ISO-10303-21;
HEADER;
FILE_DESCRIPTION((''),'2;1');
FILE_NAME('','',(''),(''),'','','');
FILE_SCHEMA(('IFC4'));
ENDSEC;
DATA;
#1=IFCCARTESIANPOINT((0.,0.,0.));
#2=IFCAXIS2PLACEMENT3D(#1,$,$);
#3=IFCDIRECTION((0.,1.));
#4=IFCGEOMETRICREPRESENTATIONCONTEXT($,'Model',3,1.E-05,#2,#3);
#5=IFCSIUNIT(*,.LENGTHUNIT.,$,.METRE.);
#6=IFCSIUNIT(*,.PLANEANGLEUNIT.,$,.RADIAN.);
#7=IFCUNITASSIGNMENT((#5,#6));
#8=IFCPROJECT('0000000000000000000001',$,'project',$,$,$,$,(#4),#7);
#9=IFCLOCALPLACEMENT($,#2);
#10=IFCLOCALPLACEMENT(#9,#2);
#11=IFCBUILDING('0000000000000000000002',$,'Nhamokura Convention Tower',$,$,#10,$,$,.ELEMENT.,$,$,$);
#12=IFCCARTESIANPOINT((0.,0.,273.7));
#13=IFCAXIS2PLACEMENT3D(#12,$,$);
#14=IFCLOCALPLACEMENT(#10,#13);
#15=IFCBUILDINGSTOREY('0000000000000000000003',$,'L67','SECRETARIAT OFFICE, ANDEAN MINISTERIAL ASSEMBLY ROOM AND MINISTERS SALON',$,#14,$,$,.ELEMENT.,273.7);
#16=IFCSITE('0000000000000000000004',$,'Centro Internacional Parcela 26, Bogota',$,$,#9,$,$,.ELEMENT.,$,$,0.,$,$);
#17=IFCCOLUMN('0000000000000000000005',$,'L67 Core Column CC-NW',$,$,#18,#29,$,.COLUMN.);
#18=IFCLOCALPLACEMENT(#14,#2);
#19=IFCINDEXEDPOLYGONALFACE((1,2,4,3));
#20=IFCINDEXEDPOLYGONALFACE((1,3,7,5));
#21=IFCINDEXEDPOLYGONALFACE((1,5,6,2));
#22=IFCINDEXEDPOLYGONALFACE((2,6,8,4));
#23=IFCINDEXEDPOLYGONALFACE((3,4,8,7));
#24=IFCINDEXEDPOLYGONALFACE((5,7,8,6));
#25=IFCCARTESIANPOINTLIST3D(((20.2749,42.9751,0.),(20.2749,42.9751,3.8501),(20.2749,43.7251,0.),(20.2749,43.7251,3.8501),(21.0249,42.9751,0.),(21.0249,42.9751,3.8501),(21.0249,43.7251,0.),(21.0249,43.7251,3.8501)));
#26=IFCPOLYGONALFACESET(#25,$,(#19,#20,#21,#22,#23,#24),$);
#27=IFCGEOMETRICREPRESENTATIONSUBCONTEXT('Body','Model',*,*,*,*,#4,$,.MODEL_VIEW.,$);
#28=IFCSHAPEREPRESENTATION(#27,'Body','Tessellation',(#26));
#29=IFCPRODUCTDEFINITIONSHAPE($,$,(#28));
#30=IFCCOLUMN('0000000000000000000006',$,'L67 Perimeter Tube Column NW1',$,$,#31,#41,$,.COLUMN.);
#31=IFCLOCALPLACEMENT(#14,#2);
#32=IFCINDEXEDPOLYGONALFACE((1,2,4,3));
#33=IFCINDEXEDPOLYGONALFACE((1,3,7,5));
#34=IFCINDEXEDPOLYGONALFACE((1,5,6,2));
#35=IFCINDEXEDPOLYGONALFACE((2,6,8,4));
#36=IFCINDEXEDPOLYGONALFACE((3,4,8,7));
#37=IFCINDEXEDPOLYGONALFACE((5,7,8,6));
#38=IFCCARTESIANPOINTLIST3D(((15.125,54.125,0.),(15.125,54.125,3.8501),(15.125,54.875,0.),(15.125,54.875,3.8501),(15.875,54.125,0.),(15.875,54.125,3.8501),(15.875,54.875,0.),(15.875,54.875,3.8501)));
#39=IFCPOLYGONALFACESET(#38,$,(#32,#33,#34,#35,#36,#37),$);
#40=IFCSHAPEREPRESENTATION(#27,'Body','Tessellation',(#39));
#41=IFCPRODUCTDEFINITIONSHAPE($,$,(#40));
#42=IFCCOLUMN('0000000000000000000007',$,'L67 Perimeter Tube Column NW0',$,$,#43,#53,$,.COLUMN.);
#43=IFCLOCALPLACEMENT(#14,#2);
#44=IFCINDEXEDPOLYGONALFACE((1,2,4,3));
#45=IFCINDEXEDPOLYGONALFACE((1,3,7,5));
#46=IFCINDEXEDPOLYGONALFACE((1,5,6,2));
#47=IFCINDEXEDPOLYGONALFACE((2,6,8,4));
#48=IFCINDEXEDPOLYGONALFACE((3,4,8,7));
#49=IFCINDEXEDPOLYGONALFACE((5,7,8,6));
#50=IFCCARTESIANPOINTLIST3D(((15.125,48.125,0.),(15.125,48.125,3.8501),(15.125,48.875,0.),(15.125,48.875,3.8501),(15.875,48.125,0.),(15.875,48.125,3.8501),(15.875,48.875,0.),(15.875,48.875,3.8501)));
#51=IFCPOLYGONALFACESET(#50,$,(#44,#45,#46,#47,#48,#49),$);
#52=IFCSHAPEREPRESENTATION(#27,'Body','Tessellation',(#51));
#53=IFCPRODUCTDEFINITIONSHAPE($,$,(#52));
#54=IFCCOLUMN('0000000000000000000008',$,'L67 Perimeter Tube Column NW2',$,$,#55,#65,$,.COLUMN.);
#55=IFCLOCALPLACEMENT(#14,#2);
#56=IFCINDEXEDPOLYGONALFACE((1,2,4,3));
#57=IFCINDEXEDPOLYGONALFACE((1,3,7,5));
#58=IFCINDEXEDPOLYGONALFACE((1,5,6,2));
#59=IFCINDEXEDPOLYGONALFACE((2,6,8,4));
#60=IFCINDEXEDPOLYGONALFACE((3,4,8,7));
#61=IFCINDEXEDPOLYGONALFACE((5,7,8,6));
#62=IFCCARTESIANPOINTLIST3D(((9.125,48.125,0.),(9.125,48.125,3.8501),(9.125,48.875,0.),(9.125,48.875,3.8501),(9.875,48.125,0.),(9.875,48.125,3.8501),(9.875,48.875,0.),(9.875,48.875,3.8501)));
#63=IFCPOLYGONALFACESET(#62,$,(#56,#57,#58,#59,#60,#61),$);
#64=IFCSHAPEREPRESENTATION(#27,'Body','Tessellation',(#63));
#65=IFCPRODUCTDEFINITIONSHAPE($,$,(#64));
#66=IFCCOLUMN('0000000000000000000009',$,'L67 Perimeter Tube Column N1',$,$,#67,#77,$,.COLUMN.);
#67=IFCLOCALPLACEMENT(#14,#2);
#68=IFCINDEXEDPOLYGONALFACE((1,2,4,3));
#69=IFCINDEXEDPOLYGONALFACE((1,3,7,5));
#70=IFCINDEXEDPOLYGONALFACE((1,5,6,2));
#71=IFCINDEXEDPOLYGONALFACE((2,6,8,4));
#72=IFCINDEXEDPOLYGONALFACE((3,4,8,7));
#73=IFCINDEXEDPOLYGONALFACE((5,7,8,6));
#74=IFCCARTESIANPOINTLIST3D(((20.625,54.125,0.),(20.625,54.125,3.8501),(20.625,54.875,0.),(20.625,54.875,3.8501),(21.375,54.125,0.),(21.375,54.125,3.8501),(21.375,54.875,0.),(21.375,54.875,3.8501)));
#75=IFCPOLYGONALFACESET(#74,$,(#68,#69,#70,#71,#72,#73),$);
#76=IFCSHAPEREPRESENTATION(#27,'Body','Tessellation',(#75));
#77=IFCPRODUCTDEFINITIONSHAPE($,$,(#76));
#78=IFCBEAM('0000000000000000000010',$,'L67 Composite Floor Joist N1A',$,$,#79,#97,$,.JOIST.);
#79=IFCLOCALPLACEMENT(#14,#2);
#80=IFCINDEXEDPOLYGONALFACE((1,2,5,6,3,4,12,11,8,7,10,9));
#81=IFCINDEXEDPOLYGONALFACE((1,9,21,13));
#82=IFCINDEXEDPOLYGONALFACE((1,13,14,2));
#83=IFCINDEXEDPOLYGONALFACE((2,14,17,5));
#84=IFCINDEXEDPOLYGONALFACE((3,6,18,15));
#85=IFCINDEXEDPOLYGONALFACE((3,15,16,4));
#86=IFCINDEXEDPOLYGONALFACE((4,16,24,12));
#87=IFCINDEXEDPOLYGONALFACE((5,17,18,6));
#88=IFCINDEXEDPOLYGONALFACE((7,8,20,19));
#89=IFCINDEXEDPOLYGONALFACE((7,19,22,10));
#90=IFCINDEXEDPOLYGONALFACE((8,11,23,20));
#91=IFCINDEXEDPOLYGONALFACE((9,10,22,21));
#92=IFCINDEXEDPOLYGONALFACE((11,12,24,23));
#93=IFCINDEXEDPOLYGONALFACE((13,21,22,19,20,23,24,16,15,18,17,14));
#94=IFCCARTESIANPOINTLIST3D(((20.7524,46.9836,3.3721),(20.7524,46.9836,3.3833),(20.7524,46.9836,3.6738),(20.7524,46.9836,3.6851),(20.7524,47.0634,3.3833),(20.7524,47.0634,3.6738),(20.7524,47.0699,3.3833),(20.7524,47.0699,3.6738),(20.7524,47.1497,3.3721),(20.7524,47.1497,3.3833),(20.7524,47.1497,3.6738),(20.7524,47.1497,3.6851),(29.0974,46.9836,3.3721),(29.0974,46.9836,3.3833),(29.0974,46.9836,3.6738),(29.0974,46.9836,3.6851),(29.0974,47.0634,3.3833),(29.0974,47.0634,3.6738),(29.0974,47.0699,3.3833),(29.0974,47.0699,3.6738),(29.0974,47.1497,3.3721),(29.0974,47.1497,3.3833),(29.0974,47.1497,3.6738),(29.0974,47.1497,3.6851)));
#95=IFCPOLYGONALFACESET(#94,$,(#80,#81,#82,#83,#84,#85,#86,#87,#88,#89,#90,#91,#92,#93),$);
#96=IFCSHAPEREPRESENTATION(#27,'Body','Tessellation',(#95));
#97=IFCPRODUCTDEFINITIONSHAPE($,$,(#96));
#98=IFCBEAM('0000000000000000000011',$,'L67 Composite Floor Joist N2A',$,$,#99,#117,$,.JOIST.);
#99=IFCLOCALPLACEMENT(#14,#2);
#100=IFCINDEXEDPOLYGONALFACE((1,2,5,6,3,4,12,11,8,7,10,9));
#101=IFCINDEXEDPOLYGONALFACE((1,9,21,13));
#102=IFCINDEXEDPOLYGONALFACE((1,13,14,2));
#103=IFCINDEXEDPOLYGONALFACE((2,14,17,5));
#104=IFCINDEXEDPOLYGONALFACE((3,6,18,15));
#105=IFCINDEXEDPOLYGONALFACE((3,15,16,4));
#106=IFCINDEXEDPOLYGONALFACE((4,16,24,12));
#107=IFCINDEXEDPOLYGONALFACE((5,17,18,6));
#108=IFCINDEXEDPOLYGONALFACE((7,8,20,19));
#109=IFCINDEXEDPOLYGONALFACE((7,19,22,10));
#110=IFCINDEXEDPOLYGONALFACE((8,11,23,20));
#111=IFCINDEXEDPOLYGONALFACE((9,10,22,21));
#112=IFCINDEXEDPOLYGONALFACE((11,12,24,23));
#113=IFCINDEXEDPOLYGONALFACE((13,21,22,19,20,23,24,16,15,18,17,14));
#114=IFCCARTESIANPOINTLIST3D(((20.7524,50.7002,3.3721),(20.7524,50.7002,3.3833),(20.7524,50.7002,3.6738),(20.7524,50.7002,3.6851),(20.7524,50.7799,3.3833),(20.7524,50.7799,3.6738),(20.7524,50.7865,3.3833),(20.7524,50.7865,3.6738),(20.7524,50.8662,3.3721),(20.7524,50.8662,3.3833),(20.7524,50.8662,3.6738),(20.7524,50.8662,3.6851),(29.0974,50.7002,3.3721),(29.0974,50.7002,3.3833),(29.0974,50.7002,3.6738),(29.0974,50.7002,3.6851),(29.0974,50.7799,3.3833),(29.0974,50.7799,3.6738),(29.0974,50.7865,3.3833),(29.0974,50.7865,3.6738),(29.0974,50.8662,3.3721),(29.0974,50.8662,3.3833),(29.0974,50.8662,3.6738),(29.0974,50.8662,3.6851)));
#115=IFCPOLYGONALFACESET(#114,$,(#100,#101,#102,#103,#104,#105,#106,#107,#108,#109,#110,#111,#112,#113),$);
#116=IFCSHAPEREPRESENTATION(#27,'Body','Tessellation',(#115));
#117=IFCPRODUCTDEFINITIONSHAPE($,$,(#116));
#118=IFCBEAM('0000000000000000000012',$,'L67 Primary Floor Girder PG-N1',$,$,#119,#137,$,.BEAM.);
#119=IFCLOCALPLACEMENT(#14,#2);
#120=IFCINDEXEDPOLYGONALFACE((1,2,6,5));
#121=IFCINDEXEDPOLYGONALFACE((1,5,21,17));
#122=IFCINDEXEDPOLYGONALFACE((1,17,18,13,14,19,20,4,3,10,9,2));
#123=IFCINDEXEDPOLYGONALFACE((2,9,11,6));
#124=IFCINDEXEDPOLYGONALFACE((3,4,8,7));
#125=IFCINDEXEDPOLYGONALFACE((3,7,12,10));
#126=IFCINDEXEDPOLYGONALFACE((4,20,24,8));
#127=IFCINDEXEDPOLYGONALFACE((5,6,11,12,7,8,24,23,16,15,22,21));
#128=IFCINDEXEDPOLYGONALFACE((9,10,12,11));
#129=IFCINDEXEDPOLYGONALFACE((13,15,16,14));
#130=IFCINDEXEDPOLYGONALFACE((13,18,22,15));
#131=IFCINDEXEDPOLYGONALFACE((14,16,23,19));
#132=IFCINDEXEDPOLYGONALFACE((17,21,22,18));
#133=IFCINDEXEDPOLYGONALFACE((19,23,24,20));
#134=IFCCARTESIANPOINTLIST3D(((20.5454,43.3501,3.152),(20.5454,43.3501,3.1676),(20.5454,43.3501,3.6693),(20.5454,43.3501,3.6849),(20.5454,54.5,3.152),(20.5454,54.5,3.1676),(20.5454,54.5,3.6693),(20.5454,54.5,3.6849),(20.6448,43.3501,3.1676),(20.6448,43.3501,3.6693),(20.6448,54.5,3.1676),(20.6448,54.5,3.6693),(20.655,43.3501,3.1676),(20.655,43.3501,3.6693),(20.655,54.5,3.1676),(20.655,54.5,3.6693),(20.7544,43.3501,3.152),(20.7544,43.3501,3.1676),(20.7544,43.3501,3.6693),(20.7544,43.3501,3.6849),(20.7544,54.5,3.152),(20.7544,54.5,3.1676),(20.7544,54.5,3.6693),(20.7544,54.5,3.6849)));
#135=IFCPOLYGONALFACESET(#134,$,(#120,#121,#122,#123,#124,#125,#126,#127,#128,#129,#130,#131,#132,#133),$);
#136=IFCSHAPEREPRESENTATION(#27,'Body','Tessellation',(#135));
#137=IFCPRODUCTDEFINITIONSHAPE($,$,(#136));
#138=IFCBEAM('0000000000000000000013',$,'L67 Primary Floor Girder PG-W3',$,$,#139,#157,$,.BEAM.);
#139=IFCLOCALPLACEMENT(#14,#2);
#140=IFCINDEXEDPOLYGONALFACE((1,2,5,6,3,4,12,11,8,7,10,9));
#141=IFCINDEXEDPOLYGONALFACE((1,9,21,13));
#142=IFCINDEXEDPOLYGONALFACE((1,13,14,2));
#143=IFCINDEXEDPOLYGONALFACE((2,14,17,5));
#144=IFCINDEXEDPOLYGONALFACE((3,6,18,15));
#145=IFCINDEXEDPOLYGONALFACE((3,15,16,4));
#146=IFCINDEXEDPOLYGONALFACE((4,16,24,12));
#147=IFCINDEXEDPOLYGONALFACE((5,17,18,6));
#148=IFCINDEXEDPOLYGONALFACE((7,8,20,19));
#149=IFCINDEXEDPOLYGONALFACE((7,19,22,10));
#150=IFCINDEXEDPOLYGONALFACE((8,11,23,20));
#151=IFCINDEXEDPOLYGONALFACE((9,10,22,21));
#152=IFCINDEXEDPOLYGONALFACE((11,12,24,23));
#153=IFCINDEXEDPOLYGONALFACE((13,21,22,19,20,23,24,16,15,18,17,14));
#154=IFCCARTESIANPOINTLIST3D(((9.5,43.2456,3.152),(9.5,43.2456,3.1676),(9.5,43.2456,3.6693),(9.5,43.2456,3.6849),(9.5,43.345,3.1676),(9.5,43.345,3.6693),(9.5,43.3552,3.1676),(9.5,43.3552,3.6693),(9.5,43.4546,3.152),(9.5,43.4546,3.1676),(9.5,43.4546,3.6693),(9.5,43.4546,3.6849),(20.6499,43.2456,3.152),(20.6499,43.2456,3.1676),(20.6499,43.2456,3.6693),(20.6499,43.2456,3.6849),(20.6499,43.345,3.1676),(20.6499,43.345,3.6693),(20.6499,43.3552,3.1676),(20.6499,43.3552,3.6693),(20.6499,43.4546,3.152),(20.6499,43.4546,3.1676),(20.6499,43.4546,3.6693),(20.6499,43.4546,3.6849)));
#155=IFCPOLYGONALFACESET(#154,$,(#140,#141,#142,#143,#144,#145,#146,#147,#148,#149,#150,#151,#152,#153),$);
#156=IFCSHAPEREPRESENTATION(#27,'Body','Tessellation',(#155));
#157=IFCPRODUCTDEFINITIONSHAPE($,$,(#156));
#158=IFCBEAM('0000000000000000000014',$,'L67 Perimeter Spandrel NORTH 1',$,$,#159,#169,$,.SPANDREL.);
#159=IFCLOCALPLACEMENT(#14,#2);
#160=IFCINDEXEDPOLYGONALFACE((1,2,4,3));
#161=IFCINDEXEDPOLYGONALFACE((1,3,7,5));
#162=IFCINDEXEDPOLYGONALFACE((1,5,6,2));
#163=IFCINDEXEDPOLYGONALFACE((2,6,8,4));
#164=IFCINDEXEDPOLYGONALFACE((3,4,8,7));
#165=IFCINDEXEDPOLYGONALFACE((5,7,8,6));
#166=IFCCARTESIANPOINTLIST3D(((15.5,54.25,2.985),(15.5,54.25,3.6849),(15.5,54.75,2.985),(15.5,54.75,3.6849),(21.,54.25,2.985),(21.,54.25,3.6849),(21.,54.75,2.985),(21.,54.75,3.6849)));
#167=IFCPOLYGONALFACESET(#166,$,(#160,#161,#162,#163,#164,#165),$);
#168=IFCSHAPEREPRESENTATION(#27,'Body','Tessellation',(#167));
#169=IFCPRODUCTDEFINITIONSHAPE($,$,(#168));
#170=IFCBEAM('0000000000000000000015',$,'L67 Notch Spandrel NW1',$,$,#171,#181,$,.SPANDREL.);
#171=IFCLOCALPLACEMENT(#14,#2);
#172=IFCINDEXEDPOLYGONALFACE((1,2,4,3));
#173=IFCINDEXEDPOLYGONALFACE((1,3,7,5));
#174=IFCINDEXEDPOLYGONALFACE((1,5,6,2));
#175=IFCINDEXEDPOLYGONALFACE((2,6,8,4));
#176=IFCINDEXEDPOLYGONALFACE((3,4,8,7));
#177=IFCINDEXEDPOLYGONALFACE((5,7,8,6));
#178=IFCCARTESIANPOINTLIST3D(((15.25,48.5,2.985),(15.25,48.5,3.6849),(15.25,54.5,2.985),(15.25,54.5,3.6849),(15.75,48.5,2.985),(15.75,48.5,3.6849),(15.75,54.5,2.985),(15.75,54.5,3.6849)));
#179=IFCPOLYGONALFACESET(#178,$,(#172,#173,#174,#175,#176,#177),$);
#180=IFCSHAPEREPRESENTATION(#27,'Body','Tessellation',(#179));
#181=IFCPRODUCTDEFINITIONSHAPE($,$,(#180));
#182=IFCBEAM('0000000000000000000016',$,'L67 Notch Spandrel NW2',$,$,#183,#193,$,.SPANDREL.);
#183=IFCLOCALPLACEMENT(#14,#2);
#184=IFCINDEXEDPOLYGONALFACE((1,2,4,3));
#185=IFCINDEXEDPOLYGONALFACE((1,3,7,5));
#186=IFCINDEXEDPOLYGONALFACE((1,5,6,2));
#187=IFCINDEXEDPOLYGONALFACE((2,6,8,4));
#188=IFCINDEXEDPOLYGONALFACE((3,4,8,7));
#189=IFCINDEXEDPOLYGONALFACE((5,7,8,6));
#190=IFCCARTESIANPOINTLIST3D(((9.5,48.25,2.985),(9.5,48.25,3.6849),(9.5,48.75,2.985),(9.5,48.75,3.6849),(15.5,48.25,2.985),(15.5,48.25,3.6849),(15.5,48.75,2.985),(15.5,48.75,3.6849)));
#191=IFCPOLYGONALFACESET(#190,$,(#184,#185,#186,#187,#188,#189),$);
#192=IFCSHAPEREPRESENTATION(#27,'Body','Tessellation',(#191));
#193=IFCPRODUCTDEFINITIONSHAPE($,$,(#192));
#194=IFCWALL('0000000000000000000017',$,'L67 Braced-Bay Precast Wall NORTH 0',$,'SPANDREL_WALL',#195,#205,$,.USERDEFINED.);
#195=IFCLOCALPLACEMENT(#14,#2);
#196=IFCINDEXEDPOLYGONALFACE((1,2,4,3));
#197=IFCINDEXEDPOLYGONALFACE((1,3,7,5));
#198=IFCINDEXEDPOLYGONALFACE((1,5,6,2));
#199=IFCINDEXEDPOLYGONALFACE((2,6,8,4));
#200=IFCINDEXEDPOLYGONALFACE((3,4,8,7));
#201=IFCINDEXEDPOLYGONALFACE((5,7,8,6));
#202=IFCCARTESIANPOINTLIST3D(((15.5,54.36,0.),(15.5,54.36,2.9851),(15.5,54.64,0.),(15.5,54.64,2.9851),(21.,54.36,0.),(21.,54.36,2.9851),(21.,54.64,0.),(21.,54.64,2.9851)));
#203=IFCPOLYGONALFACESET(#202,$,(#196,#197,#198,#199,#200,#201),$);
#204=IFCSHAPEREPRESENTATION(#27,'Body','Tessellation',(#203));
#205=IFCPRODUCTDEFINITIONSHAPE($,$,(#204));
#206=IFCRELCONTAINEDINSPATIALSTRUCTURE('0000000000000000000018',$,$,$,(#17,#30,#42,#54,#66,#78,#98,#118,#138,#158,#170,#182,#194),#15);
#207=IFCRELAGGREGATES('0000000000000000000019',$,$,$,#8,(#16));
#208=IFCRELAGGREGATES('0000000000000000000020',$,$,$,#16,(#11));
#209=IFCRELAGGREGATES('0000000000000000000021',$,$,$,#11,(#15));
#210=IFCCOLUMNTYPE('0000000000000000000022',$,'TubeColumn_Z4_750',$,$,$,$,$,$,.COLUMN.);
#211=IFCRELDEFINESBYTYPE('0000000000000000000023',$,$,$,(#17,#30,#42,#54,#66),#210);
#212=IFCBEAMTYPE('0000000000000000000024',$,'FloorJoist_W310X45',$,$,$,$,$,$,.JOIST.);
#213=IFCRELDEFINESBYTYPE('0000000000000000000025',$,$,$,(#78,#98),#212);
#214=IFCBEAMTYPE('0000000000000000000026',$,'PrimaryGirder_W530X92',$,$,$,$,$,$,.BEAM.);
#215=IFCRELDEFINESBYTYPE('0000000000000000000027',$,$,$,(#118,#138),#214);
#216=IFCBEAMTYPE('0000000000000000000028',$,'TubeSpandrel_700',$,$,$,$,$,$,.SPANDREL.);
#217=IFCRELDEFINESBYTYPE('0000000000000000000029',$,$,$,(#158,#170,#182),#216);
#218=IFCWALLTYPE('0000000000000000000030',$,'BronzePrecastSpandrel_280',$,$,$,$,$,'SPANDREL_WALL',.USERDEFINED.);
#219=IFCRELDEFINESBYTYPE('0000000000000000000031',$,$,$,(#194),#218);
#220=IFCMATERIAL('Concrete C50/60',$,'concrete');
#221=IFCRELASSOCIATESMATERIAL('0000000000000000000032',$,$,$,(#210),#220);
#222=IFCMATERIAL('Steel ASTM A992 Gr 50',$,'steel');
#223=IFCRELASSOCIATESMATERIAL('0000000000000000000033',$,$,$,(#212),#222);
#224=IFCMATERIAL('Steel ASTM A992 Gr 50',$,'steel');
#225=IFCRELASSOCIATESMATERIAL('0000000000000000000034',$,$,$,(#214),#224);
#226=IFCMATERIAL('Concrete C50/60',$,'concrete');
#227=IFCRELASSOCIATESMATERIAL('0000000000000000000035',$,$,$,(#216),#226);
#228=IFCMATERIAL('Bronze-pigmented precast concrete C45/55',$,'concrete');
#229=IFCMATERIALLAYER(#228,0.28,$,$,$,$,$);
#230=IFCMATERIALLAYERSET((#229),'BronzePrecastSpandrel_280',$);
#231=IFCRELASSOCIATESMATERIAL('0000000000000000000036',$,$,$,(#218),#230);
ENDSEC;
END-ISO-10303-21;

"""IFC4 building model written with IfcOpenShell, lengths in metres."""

from ifc_helpers import new_model, si_unit, direction, frame, frame_2d, origin, origin_2d, place, context, subcontext, project, spatial, rectangle, i_section, extrude, material, layer, layer_set, material_profile, profile_set, type_object, element, save


model = new_model("IFC4")

# Units and contexts
model_context = context("Model", 3, precision=1e-05, world=origin(), true_north=direction((0.0, 1.0)))
body_context = subcontext(model_context, "Body", "Model", "MODEL_VIEW")
ifc_project = project(units=[si_unit("LENGTHUNIT", "METRE"), si_unit("PLANEANGLEUNIT", "RADIAN")], contexts=[model_context])

# Site, building, storey
site_placement = place(None, origin())
site = spatial("IfcSite", under=ifc_project, at=site_placement, Name="Centro Internacional Parcela 26, Bogota", CompositionType="ELEMENT", RefElevation=0.0)
building_placement = place(site_placement, origin())
building = spatial("IfcBuilding", under=site, at=building_placement, Name="Nhamokura Convention Tower", CompositionType="ELEMENT")
storey_placement = place(building_placement, frame((0.0, 0.0, 273.7)))
storey = spatial("IfcBuildingStorey", under=building, at=storey_placement, Name="L67", Description="SECRETARIAT OFFICE, ANDEAN MINISTERIAL ASSEMBLY ROOM AND MINISTERS SALON", CompositionType="ELEMENT", Elevation=273.7)

# Columns
ifc_material_1 = material(Name="Concrete C50/60", Category="concrete")
ifc_material_profile_1 = material_profile(ifc_material_1, rectangle(XDim=0.75, YDim=0.75, at=origin_2d()))
ifc_profile_set_1 = profile_set([ifc_material_profile_1], Name="Concrete C50/60")
column_type = type_object("IfcColumnType", Name="TubeColumn_Z4_750", PredefinedType="COLUMN", material=ifc_profile_set_1)
for number, where, z_axis, x_axis, name in (
    (1, (20.6499, 43.3501, 0.0), (0.0, 0.0, 1.0), (1.0, 0.0, 0.0), "L67 Core Column CC-NW"),
    (2, (15.5, 54.5, 0.0), (0.0, 0.0, 1.0), (1.0, 0.0, 0.0), "L67 Perimeter Tube Column NW1"),
    (3, (15.5, 48.5, 0.0), (0.0, 0.0, 1.0), (1.0, 0.0, 0.0), "L67 Perimeter Tube Column NW0"),
    (4, (9.5, 48.5, 0.0), (0.0, 0.0, 1.0), (1.0, 0.0, 0.0), "L67 Perimeter Tube Column NW2"),
    (5, (21.0, 54.5, 0.0), (0.0, 0.0, 1.0), (1.0, 0.0, 0.0), "L67 Perimeter Tube Column N1"),
):
    element("IfcColumn", number, at=place(storey_placement, frame(where, z_axis=z_axis, x_axis=x_axis)), inside=storey, type_object=column_type, Name=name, PredefinedType="COLUMN", context=body_context, shape_type="SweptSolid", body=[
        extrude(rectangle(XDim=0.75, YDim=0.75, at=origin_2d()), origin(), (0.0, 0.0, 1.0), 3.8501),
    ])

# Beams
ifc_material_2 = material(Name="Steel ASTM A992 Gr 50", Category="steel")
ifc_material_profile_2 = material_profile(ifc_material_2, i_section(OverallWidth=0.166, OverallDepth=0.313, WebThickness=0.0066, FlangeThickness=0.0112, at=origin_2d()))
ifc_profile_set_2 = profile_set([ifc_material_profile_2], Name="Steel ASTM A992 Gr 50")
beam_type_1 = type_object("IfcBeamType", Name="FloorJoist_W310X45", PredefinedType="JOIST", material=ifc_profile_set_2)
for number, where, z_axis, x_axis, name in (
    (6, (20.7524, 47.0667, 3.5286), (1.0, 0.0, 0.0), (0.0, 1.0, 0.0), "L67 Composite Floor Joist N1A"),
    (7, (20.7524, 50.7832, 3.5286), (1.0, 0.0, 0.0), (0.0, 1.0, 0.0), "L67 Composite Floor Joist N2A"),
):
    element("IfcBeam", number, at=place(storey_placement, frame(where, z_axis=z_axis, x_axis=x_axis)), inside=storey, type_object=beam_type_1, Name=name, PredefinedType="JOIST", context=body_context, shape_type="SweptSolid", body=[
        extrude(i_section(OverallWidth=0.166, OverallDepth=0.313, WebThickness=0.0066, FlangeThickness=0.0112, at=origin_2d()), origin(), (0.0, 0.0, 1.0), 8.345),
    ])
ifc_material_3 = material(Name="Steel ASTM A992 Gr 50", Category="steel")
ifc_material_profile_3 = material_profile(ifc_material_3, i_section(OverallWidth=0.209, OverallDepth=0.533, WebThickness=0.0103, FlangeThickness=0.0156, at=origin_2d()))
ifc_profile_set_3 = profile_set([ifc_material_profile_3], Name="Steel ASTM A992 Gr 50")
beam_type_2 = type_object("IfcBeamType", Name="PrimaryGirder_W530X92", PredefinedType="BEAM", material=ifc_profile_set_3)
for number, where, z_axis, x_axis, name in (
    (8, (20.6499, 43.3501, 3.4185), (0.0, 1.0, 0.0), (-1.0, 0.0, 0.0), "L67 Primary Floor Girder PG-N1"),
    (9, (9.5, 43.3501, 3.4185), (1.0, 0.0, 0.0), (0.0, 1.0, 0.0), "L67 Primary Floor Girder PG-W3"),
):
    element("IfcBeam", number, at=place(storey_placement, frame(where, z_axis=z_axis, x_axis=x_axis)), inside=storey, type_object=beam_type_2, Name=name, PredefinedType="BEAM", context=body_context, shape_type="SweptSolid", body=[
        extrude(i_section(OverallWidth=0.209, OverallDepth=0.533, WebThickness=0.0103, FlangeThickness=0.0156, at=origin_2d()), origin(), (0.0, 0.0, 1.0), 11.1499),
    ])
ifc_material_4 = material(Name="Concrete C50/60", Category="concrete")
ifc_material_profile_4 = material_profile(ifc_material_4, rectangle(XDim=0.5, YDim=0.7, at=origin_2d()))
ifc_profile_set_4 = profile_set([ifc_material_profile_4], Name="Concrete C50/60")
beam_type_3 = type_object("IfcBeamType", Name="TubeSpandrel_700", PredefinedType="SPANDREL", material=ifc_profile_set_4)
beam_placement = place(storey_placement, frame((15.5, 54.5, 3.335), z_axis=(1.0, 0.0, 0.0), x_axis=(0.0, 1.0, 0.0)))
element("IfcBeam", 10, at=beam_placement, inside=storey, type_object=beam_type_3, Name="L67 Perimeter Spandrel NORTH 1", PredefinedType="SPANDREL", context=body_context, shape_type="SweptSolid", body=[
    extrude(rectangle(XDim=0.5, YDim=0.7, at=origin_2d()), origin(), (0.0, 0.0, 1.0), 5.5),
])
for number, where, z_axis, x_axis, name in (
    (11, (15.5, 54.5, 3.335), (0.0, -1.0, 0.0), (1.0, 0.0, 0.0), "L67 Notch Spandrel NW1"),
    (12, (15.5, 48.5, 3.335), (-1.0, 0.0, 0.0), (0.0, -1.0, 0.0), "L67 Notch Spandrel NW2"),
):
    element("IfcBeam", number, at=place(storey_placement, frame(where, z_axis=z_axis, x_axis=x_axis)), inside=storey, type_object=beam_type_3, Name=name, PredefinedType="SPANDREL", context=body_context, shape_type="SweptSolid", body=[
        extrude(rectangle(XDim=0.5, YDim=0.7, at=origin_2d()), origin(), (0.0, 0.0, 1.0), 6.0),
    ])

# Wall
ifc_material_5 = material(Name="Bronze-pigmented precast concrete C45/55", Category="concrete")
ifc_layer_1 = layer(ifc_material_5, 0.28)
ifc_layer_set_1 = layer_set([ifc_layer_1], Name="BronzePrecastSpandrel_280")
wall_type_1 = type_object("IfcWallType", Name="BronzePrecastSpandrel_280", ElementType="SPANDREL_WALL", PredefinedType="USERDEFINED", material=ifc_layer_set_1)
wall_1_placement = place(storey_placement, frame((15.5, 54.5, 0.0), z_axis=(0.0, 0.0, 1.0), x_axis=(1.0, 0.0, 0.0)))
element("IfcWall", 13, at=wall_1_placement, inside=storey, type_object=wall_type_1, Name="L67 Braced-Bay Precast Wall NORTH 0", ObjectType="SPANDREL_WALL", PredefinedType="USERDEFINED", context=body_context, shape_type="SweptSolid", body=[
    extrude(rectangle(XDim=5.5, YDim=0.28, at=frame_2d((2.75, 0.0))), origin(), (0.0, 0.0, 1.0), 2.9851),
])

save(model, "model.ifc")
